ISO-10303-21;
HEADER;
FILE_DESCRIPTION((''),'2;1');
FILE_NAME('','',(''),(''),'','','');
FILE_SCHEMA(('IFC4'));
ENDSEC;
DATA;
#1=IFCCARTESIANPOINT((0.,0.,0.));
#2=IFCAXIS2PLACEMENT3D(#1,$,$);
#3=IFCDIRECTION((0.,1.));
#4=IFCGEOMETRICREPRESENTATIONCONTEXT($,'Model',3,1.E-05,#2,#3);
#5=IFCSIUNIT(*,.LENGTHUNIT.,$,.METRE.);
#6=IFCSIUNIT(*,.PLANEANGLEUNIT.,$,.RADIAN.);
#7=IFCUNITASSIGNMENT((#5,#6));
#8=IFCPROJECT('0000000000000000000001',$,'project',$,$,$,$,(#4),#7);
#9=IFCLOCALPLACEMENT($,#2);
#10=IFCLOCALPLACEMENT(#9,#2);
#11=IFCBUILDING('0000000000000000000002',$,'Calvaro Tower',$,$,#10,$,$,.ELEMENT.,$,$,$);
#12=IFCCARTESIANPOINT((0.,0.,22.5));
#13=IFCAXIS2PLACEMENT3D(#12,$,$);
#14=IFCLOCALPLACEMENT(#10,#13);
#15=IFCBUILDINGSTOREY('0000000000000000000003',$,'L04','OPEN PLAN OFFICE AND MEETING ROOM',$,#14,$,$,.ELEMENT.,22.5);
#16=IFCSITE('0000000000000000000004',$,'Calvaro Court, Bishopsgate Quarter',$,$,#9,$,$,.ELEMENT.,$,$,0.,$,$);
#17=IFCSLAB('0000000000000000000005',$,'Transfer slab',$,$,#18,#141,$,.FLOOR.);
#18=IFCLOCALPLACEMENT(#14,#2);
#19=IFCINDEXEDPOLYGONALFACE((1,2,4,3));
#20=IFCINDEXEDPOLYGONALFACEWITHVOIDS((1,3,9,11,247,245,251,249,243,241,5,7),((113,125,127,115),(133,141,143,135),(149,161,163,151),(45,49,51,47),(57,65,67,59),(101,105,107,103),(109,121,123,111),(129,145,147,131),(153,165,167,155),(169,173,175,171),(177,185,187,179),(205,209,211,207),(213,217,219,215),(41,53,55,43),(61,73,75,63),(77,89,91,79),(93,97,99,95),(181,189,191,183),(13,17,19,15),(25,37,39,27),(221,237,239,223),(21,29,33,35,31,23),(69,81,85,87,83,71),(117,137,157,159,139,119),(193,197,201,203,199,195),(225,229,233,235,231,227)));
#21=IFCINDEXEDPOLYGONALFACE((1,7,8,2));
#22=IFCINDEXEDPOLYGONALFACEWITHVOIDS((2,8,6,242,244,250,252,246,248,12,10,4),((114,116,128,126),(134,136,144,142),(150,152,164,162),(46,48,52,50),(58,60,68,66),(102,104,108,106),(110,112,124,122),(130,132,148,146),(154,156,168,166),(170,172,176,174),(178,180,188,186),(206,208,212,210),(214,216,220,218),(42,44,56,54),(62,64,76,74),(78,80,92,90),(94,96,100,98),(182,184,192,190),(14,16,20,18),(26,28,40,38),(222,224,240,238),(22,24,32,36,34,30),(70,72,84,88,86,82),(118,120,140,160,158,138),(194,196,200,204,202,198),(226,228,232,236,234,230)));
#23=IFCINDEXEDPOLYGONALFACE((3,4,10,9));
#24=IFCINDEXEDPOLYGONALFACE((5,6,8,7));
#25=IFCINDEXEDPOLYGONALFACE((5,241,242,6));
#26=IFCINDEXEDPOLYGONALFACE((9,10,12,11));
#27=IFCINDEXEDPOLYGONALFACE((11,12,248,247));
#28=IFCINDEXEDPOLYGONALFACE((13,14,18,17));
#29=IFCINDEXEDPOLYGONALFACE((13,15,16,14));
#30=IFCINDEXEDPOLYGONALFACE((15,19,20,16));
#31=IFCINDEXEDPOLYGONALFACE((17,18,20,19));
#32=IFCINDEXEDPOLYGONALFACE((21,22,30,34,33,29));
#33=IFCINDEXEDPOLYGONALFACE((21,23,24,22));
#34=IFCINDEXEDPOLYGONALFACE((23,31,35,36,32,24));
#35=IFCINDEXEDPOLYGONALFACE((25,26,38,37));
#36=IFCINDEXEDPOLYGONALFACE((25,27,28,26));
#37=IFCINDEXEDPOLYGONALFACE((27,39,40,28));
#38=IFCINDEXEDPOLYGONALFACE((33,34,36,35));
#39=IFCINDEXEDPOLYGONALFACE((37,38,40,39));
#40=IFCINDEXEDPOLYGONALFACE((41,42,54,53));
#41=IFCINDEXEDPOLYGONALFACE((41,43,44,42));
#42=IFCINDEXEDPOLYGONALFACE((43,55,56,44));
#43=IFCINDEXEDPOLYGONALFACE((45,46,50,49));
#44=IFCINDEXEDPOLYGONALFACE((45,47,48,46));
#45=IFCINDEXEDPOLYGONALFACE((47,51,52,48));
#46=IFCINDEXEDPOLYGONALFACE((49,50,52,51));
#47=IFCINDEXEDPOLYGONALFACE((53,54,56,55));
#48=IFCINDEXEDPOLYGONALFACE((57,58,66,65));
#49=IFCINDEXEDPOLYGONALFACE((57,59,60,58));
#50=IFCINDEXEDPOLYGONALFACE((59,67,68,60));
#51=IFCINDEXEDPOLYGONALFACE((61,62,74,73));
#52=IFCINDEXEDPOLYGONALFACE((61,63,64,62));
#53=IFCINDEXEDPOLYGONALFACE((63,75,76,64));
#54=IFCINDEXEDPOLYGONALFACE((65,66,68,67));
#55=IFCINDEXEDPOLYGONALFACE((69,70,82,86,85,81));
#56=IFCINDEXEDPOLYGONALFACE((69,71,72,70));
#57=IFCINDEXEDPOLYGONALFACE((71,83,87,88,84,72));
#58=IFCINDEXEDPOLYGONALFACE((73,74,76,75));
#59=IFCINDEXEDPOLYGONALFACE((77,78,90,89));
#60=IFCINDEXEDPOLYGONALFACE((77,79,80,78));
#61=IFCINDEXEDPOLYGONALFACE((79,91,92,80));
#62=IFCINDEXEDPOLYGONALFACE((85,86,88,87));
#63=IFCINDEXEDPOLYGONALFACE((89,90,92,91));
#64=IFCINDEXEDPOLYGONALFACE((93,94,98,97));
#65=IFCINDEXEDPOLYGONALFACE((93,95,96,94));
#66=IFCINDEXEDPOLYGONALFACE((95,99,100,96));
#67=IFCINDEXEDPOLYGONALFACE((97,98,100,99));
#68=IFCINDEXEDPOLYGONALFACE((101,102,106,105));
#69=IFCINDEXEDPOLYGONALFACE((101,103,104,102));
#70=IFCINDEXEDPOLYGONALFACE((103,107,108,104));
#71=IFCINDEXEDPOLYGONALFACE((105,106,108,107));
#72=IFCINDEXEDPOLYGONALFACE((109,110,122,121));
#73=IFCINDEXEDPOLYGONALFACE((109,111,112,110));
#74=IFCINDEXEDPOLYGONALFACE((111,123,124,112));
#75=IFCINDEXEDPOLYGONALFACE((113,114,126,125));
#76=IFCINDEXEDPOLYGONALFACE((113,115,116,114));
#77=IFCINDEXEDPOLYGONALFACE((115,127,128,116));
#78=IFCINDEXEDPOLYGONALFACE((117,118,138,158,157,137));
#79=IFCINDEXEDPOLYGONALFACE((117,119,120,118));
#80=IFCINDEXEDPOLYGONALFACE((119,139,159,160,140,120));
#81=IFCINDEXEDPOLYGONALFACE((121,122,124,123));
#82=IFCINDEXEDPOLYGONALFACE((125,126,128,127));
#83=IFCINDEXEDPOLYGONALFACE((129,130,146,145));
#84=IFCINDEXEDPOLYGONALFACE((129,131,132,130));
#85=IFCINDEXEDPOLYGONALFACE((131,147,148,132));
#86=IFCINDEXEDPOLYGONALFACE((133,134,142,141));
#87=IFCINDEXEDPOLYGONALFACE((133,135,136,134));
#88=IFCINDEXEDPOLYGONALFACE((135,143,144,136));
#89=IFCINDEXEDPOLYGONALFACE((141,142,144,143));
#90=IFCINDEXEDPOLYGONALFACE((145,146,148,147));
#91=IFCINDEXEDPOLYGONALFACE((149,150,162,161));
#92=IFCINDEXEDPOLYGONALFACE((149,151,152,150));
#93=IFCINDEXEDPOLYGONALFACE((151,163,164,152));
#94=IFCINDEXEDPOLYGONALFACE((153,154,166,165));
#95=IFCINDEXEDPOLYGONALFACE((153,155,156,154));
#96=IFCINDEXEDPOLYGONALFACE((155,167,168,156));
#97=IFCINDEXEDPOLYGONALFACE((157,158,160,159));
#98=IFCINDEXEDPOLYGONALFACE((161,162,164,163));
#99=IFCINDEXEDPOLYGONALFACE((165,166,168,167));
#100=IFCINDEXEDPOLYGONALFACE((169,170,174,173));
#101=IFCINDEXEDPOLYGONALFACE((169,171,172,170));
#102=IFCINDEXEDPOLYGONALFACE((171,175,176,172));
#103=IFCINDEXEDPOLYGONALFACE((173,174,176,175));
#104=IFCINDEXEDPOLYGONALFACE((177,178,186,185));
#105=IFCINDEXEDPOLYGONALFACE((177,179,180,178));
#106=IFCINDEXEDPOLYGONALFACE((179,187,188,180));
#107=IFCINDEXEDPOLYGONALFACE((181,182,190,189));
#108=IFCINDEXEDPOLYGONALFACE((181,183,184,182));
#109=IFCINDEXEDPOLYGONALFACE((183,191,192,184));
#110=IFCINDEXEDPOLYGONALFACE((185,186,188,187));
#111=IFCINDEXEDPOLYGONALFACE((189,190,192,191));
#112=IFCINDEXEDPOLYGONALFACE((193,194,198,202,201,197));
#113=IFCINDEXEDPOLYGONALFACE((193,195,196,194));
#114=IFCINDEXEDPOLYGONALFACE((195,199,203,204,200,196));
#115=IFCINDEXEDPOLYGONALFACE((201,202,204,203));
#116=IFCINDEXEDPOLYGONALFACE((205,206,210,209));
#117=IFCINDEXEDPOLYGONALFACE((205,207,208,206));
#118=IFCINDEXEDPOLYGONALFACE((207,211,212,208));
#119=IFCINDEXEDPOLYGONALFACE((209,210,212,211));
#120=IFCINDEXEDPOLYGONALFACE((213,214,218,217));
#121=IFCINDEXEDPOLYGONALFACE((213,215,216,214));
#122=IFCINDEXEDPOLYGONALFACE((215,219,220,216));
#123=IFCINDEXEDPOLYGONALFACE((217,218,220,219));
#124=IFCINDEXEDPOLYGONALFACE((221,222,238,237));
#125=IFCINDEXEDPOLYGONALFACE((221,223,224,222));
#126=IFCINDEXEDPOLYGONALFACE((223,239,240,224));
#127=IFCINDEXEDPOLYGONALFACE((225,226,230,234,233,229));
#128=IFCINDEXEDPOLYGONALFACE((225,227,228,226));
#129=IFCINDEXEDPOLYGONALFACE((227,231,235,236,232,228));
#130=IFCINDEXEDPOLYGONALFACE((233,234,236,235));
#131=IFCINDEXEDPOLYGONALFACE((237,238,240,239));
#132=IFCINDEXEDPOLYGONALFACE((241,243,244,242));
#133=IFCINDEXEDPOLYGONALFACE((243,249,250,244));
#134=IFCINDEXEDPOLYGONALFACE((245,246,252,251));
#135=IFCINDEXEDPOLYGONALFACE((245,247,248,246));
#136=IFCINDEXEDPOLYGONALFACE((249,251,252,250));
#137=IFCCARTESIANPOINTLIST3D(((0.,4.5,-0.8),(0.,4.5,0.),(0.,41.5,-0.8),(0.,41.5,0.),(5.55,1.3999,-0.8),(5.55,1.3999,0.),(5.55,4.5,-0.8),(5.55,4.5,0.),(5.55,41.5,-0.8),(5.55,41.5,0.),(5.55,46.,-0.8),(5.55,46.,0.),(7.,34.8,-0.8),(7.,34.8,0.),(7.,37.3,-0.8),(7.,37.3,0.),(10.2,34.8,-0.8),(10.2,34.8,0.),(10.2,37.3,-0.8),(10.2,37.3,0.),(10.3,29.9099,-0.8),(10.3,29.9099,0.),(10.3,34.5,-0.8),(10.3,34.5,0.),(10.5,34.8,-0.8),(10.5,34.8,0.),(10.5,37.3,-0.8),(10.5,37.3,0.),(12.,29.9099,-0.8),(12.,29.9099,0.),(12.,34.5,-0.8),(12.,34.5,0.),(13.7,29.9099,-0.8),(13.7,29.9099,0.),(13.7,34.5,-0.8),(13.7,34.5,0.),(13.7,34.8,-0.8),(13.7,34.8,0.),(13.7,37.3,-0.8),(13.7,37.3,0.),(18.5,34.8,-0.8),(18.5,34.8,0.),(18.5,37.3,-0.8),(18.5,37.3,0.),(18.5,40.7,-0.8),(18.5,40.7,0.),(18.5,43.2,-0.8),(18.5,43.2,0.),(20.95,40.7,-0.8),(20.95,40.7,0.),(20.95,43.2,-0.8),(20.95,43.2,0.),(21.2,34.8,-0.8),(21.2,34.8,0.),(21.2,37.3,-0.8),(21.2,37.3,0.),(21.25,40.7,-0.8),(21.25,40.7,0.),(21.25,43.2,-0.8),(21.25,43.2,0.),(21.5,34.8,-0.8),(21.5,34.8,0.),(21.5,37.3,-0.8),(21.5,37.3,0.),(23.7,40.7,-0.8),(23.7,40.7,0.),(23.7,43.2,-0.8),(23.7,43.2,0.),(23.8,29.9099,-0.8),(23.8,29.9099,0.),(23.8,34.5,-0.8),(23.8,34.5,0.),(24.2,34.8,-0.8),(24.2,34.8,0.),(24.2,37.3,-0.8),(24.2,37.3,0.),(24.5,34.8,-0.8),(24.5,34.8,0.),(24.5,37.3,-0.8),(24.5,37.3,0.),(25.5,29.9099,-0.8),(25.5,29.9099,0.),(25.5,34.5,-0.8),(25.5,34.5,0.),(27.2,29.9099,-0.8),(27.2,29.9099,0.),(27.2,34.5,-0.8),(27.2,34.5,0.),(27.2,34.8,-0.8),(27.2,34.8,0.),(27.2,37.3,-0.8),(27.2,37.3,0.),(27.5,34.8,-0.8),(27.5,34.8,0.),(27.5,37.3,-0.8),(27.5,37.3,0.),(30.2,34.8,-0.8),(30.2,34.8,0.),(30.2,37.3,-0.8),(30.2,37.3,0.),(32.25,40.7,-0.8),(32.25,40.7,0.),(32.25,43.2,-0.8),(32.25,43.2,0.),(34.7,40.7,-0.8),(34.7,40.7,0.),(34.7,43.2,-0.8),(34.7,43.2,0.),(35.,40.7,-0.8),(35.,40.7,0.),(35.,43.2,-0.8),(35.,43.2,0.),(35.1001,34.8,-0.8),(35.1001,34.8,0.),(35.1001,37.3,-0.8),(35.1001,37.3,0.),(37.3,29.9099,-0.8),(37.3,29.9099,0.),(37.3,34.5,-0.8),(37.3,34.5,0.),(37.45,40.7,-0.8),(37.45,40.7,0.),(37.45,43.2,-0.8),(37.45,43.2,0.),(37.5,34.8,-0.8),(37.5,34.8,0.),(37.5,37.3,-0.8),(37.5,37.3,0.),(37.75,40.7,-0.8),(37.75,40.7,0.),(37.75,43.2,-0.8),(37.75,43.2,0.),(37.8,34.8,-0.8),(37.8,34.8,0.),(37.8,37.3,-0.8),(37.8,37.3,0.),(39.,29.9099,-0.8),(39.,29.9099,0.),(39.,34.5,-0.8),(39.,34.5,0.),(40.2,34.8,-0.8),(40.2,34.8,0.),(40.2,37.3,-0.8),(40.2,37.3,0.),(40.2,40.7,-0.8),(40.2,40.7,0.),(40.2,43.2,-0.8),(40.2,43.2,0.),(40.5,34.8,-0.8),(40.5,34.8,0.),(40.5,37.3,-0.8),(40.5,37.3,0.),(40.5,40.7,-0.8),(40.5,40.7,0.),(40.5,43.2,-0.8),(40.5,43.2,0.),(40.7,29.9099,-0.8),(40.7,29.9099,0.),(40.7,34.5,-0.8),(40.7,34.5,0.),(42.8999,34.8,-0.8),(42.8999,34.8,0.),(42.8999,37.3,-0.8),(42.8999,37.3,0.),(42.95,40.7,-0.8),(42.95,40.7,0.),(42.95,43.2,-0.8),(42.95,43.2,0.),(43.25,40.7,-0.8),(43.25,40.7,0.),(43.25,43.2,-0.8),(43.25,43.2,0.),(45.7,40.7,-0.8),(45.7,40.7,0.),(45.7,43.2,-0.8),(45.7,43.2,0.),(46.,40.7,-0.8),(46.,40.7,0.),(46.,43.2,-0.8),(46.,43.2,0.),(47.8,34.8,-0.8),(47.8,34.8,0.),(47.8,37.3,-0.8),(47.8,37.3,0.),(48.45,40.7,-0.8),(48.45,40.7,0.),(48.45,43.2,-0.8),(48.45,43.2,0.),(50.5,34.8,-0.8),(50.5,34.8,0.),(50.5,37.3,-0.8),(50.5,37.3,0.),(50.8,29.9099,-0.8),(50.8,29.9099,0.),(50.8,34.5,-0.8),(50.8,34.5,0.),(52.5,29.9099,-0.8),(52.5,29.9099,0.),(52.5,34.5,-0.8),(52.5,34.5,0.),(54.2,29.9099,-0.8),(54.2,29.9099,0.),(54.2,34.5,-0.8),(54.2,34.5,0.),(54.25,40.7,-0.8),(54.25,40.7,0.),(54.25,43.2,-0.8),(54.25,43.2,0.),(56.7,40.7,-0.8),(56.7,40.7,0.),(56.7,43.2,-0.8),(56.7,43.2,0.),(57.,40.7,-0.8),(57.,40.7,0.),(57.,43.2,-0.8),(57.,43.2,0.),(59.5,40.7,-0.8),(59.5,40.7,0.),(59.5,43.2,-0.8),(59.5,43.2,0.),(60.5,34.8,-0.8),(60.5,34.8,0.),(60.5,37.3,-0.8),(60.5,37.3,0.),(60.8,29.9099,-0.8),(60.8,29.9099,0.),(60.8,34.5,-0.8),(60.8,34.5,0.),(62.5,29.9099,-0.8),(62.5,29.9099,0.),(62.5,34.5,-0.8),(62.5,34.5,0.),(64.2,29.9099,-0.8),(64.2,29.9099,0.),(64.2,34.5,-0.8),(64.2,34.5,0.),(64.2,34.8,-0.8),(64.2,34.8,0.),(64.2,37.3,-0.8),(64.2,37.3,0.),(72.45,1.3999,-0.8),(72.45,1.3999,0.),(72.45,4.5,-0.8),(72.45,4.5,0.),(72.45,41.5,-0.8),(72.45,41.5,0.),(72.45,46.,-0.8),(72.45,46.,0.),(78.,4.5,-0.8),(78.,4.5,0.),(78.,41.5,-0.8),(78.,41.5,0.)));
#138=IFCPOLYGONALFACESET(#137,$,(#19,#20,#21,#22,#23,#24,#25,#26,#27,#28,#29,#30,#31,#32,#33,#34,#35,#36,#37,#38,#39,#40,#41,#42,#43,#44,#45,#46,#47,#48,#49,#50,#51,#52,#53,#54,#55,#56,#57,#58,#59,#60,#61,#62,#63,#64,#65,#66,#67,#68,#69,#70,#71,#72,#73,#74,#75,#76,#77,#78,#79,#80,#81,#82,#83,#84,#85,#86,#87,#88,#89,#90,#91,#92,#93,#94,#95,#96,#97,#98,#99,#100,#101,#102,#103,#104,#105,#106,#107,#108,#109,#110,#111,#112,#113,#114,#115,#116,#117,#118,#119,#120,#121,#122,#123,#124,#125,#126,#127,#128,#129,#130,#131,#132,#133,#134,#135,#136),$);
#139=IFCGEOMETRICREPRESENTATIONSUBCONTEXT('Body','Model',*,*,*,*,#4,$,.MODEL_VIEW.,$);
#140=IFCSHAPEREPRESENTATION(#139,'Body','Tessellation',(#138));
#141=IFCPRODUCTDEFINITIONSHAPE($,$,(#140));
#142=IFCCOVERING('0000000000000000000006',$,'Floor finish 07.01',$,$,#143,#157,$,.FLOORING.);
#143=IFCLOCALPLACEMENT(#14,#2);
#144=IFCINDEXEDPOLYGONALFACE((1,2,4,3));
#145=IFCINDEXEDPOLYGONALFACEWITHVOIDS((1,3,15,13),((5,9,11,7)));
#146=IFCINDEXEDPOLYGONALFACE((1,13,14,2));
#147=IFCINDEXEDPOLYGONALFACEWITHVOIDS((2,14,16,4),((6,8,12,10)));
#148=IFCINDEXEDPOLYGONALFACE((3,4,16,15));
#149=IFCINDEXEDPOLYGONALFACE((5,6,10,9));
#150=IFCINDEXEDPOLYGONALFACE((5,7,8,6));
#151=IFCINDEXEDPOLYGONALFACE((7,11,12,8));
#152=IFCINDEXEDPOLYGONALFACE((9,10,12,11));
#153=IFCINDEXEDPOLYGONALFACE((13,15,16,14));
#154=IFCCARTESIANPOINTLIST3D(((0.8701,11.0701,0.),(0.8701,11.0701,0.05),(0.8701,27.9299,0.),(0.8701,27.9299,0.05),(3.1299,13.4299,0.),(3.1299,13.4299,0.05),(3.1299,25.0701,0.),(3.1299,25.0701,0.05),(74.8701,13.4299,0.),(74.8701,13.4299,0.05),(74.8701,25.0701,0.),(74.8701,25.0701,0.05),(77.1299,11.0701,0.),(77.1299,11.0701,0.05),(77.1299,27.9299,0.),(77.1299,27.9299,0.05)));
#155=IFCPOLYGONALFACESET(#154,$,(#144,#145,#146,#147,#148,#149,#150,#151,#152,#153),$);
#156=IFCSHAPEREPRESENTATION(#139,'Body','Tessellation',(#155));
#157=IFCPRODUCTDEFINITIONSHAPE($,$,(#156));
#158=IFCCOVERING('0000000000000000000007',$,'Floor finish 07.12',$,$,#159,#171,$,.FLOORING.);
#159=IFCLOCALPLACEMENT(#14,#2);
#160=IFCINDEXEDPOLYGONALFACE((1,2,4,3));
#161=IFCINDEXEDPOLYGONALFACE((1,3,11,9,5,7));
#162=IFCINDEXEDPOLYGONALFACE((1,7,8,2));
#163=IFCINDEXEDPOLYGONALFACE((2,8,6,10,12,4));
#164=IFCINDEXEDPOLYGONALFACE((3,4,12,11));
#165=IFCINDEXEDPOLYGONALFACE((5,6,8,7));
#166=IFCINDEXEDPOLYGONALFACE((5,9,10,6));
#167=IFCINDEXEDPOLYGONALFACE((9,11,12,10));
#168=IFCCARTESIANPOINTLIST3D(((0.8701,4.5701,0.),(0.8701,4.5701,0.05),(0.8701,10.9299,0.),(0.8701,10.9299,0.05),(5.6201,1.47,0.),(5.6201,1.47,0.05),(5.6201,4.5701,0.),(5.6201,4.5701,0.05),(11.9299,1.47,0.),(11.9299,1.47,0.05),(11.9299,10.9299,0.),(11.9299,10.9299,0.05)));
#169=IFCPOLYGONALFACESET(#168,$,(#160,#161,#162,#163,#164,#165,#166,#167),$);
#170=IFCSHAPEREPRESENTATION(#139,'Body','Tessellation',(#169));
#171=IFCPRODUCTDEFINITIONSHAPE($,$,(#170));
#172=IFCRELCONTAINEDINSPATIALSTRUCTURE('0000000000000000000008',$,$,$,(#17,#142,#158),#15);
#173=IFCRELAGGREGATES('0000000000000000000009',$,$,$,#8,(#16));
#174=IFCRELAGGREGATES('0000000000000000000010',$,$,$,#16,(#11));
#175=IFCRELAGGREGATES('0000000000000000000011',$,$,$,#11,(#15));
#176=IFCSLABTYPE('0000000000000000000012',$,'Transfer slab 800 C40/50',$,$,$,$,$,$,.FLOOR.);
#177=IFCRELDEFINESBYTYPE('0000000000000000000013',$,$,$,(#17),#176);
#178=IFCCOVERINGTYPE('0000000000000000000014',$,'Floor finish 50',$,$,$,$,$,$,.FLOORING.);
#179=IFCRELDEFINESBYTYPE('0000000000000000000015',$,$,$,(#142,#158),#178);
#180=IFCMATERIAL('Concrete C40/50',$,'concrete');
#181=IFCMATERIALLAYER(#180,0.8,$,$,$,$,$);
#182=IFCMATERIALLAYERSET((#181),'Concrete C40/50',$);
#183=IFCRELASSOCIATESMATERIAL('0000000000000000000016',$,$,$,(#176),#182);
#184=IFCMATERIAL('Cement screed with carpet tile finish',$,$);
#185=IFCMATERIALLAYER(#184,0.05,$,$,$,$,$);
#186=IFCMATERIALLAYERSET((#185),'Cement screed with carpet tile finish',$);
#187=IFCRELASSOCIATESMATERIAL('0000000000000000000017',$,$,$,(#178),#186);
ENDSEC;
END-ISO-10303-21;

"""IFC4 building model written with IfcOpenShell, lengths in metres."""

from ifc_helpers import new_model, si_unit, direction, frame, origin, place, context, subcontext, project, spatial, polyline, outline, extrude, material, layer, layer_set, type_object, element, save


model = new_model("IFC4")

# Units and contexts
model_context = context("Model", 3, precision=1e-05, world=origin(), true_north=direction((0.0, 1.0)))
body_context = subcontext(model_context, "Body", "Model", "MODEL_VIEW")
ifc_project = project(units=[si_unit("LENGTHUNIT", "METRE"), si_unit("PLANEANGLEUNIT", "RADIAN")], contexts=[model_context])

# Site, building, storey
site_placement = place(None, origin())
site = spatial("IfcSite", under=ifc_project, at=site_placement, Name="Calvaro Court, Bishopsgate Quarter", CompositionType="ELEMENT", RefElevation=0.0)
building_placement = place(site_placement, origin())
building = spatial("IfcBuilding", under=site, at=building_placement, Name="Calvaro Tower", CompositionType="ELEMENT")
storey_placement = place(building_placement, frame((0.0, 0.0, 22.5)))
storey = spatial("IfcBuildingStorey", under=building, at=storey_placement, Name="L04", Description="OPEN PLAN OFFICE AND MEETING ROOM", CompositionType="ELEMENT", Elevation=22.5)

# Slab
ifc_material_1 = material(Name="Concrete C40/50", Category="concrete")
ifc_layer_1 = layer(ifc_material_1, 0.8)
ifc_layer_set_1 = layer_set([ifc_layer_1], Name="Concrete C40/50")
slab_type_1 = type_object("IfcSlabType", Name="Transfer slab 800 C40/50", PredefinedType="FLOOR", material=ifc_layer_set_1)
slab_1_placement = place(storey_placement, frame((0.0, 0.0, -0.8)))
element("IfcSlab", 1, at=slab_1_placement, inside=storey, type_object=slab_type_1, Name="Transfer slab", PredefinedType="FLOOR", context=body_context, shape_type="SweptSolid", body=[
    extrude(outline(polyline([(72.45, 4.5), (72.45, 1.3999), (5.55, 1.3999), (5.55, 4.5), (0.0, 4.5), (0.0, 41.5), (5.55, 41.5), (5.55, 46.0), (72.45, 46.0), (72.45, 41.5), (78.0, 41.5), (78.0, 4.5), (72.45, 4.5)]), holes=[polyline([(10.3, 29.9099), (10.3, 34.5), (12.0, 34.5), (13.7, 34.5), (13.7, 29.9099), (12.0, 29.9099), (10.3, 29.9099)]), polyline([(23.8, 29.9099), (23.8, 34.5), (25.5, 34.5), (27.2, 34.5), (27.2, 29.9099), (25.5, 29.9099), (23.8, 29.9099)]), polyline([(37.3, 29.9099), (37.3, 34.5), (39.0, 34.5), (40.7, 34.5), (40.7, 29.9099), (39.0, 29.9099), (37.3, 29.9099)]), polyline([(50.8, 29.9099), (50.8, 34.5), (52.5, 34.5), (54.2, 34.5), (54.2, 29.9099), (52.5, 29.9099), (50.8, 29.9099)]), polyline([(60.8, 29.9099), (60.8, 34.5), (62.5, 34.5), (64.2, 34.5), (64.2, 29.9099), (62.5, 29.9099), (60.8, 29.9099)]), polyline([(18.5, 34.8), (21.2, 34.8), (21.2, 37.3), (18.5, 37.3), (18.5, 34.8)]), polyline([(21.5, 34.8), (24.2, 34.8), (24.2, 37.3), (21.5, 37.3), (21.5, 34.8)]), polyline([(24.5, 34.8), (27.2, 34.8), (27.2, 37.3), (24.5, 37.3), (24.5, 34.8)]), polyline([(35.1001, 34.8), (37.5, 34.8), (37.5, 37.3), (35.1001, 37.3), (35.1001, 34.8)]), polyline([(37.8, 34.8), (40.2, 34.8), (40.2, 37.3), (37.8, 37.3), (37.8, 34.8)]), polyline([(40.5, 34.8), (42.8999, 34.8), (42.8999, 37.3), (40.5, 37.3), (40.5, 34.8)]), polyline([(18.5, 40.7), (20.95, 40.7), (20.95, 43.2), (18.5, 43.2), (18.5, 40.7)]), polyline([(21.25, 40.7), (23.7, 40.7), (23.7, 43.2), (21.25, 43.2), (21.25, 40.7)]), polyline([(32.25, 40.7), (34.7, 40.7), (34.7, 43.2), (32.25, 43.2), (32.25, 40.7)]), polyline([(35.0, 40.7), (37.45, 40.7), (37.45, 43.2), (35.0, 43.2), (35.0, 40.7)]), polyline([(37.75, 40.7), (40.2, 40.7), (40.2, 43.2), (37.75, 43.2), (37.75, 40.7)]), polyline([(40.5, 40.7), (42.95, 40.7), (42.95, 43.2), (40.5, 43.2), (40.5, 40.7)]), polyline([(43.25, 40.7), (45.7, 40.7), (45.7, 43.2), (43.25, 43.2), (43.25, 40.7)]), polyline([(46.0, 40.7), (48.45, 40.7), (48.45, 43.2), (46.0, 43.2), (46.0, 40.7)]), polyline([(54.25, 40.7), (56.7, 40.7), (56.7, 43.2), (54.25, 43.2), (54.25, 40.7)]), polyline([(57.0, 40.7), (59.5, 40.7), (59.5, 43.2), (57.0, 43.2), (57.0, 40.7)]), polyline([(7.0, 34.8), (10.2, 34.8), (10.2, 37.3), (7.0, 37.3), (7.0, 34.8)]), polyline([(10.5, 34.8), (13.7, 34.8), (13.7, 37.3), (10.5, 37.3), (10.5, 34.8)]), polyline([(60.5, 34.8), (64.2, 34.8), (64.2, 37.3), (60.5, 37.3), (60.5, 34.8)]), polyline([(27.5, 34.8), (30.2, 34.8), (30.2, 37.3), (27.5, 37.3), (27.5, 34.8)]), polyline([(47.8, 34.8), (50.5, 34.8), (50.5, 37.3), (47.8, 37.3), (47.8, 34.8)])]), origin(), (0.0, 0.0, 1.0), 0.8),
])

# Coverings
ifc_material_2 = material(Name="Cement screed with carpet tile finish")
ifc_layer_2 = layer(ifc_material_2, 0.05)
ifc_layer_set_2 = layer_set([ifc_layer_2], Name="Cement screed with carpet tile finish")
covering_type = type_object("IfcCoveringType", Name="Floor finish 50", PredefinedType="FLOORING", material=ifc_layer_set_2)
covering_1_placement = place(storey_placement, origin())
element("IfcCovering", 2, at=covering_1_placement, inside=storey, type_object=covering_type, Name="Floor finish 07.01", PredefinedType="FLOORING", context=body_context, shape_type="SweptSolid", body=[
    extrude(outline(polyline([(0.8701, 11.0701), (0.8701, 27.9299), (77.1299, 27.9299), (77.1299, 11.0701), (0.8701, 11.0701)]), holes=[polyline([(74.8701, 13.4299), (74.8701, 25.0701), (3.1299, 25.0701), (3.1299, 13.4299), (74.8701, 13.4299)])]), origin(), (0.0, 0.0, 1.0), 0.05),
])
covering_2_placement = place(storey_placement, origin())
element("IfcCovering", 3, at=covering_2_placement, inside=storey, type_object=covering_type, Name="Floor finish 07.12", PredefinedType="FLOORING", context=body_context, shape_type="SweptSolid", body=[
    extrude(outline(polyline([(11.9299, 10.9299), (11.9299, 1.47), (5.6201, 1.47), (5.6201, 4.5701), (0.8701, 4.5701), (0.8701, 10.9299), (11.9299, 10.9299)])), origin(), (0.0, 0.0, 1.0), 0.05),
])

save(model, "model.ifc")
